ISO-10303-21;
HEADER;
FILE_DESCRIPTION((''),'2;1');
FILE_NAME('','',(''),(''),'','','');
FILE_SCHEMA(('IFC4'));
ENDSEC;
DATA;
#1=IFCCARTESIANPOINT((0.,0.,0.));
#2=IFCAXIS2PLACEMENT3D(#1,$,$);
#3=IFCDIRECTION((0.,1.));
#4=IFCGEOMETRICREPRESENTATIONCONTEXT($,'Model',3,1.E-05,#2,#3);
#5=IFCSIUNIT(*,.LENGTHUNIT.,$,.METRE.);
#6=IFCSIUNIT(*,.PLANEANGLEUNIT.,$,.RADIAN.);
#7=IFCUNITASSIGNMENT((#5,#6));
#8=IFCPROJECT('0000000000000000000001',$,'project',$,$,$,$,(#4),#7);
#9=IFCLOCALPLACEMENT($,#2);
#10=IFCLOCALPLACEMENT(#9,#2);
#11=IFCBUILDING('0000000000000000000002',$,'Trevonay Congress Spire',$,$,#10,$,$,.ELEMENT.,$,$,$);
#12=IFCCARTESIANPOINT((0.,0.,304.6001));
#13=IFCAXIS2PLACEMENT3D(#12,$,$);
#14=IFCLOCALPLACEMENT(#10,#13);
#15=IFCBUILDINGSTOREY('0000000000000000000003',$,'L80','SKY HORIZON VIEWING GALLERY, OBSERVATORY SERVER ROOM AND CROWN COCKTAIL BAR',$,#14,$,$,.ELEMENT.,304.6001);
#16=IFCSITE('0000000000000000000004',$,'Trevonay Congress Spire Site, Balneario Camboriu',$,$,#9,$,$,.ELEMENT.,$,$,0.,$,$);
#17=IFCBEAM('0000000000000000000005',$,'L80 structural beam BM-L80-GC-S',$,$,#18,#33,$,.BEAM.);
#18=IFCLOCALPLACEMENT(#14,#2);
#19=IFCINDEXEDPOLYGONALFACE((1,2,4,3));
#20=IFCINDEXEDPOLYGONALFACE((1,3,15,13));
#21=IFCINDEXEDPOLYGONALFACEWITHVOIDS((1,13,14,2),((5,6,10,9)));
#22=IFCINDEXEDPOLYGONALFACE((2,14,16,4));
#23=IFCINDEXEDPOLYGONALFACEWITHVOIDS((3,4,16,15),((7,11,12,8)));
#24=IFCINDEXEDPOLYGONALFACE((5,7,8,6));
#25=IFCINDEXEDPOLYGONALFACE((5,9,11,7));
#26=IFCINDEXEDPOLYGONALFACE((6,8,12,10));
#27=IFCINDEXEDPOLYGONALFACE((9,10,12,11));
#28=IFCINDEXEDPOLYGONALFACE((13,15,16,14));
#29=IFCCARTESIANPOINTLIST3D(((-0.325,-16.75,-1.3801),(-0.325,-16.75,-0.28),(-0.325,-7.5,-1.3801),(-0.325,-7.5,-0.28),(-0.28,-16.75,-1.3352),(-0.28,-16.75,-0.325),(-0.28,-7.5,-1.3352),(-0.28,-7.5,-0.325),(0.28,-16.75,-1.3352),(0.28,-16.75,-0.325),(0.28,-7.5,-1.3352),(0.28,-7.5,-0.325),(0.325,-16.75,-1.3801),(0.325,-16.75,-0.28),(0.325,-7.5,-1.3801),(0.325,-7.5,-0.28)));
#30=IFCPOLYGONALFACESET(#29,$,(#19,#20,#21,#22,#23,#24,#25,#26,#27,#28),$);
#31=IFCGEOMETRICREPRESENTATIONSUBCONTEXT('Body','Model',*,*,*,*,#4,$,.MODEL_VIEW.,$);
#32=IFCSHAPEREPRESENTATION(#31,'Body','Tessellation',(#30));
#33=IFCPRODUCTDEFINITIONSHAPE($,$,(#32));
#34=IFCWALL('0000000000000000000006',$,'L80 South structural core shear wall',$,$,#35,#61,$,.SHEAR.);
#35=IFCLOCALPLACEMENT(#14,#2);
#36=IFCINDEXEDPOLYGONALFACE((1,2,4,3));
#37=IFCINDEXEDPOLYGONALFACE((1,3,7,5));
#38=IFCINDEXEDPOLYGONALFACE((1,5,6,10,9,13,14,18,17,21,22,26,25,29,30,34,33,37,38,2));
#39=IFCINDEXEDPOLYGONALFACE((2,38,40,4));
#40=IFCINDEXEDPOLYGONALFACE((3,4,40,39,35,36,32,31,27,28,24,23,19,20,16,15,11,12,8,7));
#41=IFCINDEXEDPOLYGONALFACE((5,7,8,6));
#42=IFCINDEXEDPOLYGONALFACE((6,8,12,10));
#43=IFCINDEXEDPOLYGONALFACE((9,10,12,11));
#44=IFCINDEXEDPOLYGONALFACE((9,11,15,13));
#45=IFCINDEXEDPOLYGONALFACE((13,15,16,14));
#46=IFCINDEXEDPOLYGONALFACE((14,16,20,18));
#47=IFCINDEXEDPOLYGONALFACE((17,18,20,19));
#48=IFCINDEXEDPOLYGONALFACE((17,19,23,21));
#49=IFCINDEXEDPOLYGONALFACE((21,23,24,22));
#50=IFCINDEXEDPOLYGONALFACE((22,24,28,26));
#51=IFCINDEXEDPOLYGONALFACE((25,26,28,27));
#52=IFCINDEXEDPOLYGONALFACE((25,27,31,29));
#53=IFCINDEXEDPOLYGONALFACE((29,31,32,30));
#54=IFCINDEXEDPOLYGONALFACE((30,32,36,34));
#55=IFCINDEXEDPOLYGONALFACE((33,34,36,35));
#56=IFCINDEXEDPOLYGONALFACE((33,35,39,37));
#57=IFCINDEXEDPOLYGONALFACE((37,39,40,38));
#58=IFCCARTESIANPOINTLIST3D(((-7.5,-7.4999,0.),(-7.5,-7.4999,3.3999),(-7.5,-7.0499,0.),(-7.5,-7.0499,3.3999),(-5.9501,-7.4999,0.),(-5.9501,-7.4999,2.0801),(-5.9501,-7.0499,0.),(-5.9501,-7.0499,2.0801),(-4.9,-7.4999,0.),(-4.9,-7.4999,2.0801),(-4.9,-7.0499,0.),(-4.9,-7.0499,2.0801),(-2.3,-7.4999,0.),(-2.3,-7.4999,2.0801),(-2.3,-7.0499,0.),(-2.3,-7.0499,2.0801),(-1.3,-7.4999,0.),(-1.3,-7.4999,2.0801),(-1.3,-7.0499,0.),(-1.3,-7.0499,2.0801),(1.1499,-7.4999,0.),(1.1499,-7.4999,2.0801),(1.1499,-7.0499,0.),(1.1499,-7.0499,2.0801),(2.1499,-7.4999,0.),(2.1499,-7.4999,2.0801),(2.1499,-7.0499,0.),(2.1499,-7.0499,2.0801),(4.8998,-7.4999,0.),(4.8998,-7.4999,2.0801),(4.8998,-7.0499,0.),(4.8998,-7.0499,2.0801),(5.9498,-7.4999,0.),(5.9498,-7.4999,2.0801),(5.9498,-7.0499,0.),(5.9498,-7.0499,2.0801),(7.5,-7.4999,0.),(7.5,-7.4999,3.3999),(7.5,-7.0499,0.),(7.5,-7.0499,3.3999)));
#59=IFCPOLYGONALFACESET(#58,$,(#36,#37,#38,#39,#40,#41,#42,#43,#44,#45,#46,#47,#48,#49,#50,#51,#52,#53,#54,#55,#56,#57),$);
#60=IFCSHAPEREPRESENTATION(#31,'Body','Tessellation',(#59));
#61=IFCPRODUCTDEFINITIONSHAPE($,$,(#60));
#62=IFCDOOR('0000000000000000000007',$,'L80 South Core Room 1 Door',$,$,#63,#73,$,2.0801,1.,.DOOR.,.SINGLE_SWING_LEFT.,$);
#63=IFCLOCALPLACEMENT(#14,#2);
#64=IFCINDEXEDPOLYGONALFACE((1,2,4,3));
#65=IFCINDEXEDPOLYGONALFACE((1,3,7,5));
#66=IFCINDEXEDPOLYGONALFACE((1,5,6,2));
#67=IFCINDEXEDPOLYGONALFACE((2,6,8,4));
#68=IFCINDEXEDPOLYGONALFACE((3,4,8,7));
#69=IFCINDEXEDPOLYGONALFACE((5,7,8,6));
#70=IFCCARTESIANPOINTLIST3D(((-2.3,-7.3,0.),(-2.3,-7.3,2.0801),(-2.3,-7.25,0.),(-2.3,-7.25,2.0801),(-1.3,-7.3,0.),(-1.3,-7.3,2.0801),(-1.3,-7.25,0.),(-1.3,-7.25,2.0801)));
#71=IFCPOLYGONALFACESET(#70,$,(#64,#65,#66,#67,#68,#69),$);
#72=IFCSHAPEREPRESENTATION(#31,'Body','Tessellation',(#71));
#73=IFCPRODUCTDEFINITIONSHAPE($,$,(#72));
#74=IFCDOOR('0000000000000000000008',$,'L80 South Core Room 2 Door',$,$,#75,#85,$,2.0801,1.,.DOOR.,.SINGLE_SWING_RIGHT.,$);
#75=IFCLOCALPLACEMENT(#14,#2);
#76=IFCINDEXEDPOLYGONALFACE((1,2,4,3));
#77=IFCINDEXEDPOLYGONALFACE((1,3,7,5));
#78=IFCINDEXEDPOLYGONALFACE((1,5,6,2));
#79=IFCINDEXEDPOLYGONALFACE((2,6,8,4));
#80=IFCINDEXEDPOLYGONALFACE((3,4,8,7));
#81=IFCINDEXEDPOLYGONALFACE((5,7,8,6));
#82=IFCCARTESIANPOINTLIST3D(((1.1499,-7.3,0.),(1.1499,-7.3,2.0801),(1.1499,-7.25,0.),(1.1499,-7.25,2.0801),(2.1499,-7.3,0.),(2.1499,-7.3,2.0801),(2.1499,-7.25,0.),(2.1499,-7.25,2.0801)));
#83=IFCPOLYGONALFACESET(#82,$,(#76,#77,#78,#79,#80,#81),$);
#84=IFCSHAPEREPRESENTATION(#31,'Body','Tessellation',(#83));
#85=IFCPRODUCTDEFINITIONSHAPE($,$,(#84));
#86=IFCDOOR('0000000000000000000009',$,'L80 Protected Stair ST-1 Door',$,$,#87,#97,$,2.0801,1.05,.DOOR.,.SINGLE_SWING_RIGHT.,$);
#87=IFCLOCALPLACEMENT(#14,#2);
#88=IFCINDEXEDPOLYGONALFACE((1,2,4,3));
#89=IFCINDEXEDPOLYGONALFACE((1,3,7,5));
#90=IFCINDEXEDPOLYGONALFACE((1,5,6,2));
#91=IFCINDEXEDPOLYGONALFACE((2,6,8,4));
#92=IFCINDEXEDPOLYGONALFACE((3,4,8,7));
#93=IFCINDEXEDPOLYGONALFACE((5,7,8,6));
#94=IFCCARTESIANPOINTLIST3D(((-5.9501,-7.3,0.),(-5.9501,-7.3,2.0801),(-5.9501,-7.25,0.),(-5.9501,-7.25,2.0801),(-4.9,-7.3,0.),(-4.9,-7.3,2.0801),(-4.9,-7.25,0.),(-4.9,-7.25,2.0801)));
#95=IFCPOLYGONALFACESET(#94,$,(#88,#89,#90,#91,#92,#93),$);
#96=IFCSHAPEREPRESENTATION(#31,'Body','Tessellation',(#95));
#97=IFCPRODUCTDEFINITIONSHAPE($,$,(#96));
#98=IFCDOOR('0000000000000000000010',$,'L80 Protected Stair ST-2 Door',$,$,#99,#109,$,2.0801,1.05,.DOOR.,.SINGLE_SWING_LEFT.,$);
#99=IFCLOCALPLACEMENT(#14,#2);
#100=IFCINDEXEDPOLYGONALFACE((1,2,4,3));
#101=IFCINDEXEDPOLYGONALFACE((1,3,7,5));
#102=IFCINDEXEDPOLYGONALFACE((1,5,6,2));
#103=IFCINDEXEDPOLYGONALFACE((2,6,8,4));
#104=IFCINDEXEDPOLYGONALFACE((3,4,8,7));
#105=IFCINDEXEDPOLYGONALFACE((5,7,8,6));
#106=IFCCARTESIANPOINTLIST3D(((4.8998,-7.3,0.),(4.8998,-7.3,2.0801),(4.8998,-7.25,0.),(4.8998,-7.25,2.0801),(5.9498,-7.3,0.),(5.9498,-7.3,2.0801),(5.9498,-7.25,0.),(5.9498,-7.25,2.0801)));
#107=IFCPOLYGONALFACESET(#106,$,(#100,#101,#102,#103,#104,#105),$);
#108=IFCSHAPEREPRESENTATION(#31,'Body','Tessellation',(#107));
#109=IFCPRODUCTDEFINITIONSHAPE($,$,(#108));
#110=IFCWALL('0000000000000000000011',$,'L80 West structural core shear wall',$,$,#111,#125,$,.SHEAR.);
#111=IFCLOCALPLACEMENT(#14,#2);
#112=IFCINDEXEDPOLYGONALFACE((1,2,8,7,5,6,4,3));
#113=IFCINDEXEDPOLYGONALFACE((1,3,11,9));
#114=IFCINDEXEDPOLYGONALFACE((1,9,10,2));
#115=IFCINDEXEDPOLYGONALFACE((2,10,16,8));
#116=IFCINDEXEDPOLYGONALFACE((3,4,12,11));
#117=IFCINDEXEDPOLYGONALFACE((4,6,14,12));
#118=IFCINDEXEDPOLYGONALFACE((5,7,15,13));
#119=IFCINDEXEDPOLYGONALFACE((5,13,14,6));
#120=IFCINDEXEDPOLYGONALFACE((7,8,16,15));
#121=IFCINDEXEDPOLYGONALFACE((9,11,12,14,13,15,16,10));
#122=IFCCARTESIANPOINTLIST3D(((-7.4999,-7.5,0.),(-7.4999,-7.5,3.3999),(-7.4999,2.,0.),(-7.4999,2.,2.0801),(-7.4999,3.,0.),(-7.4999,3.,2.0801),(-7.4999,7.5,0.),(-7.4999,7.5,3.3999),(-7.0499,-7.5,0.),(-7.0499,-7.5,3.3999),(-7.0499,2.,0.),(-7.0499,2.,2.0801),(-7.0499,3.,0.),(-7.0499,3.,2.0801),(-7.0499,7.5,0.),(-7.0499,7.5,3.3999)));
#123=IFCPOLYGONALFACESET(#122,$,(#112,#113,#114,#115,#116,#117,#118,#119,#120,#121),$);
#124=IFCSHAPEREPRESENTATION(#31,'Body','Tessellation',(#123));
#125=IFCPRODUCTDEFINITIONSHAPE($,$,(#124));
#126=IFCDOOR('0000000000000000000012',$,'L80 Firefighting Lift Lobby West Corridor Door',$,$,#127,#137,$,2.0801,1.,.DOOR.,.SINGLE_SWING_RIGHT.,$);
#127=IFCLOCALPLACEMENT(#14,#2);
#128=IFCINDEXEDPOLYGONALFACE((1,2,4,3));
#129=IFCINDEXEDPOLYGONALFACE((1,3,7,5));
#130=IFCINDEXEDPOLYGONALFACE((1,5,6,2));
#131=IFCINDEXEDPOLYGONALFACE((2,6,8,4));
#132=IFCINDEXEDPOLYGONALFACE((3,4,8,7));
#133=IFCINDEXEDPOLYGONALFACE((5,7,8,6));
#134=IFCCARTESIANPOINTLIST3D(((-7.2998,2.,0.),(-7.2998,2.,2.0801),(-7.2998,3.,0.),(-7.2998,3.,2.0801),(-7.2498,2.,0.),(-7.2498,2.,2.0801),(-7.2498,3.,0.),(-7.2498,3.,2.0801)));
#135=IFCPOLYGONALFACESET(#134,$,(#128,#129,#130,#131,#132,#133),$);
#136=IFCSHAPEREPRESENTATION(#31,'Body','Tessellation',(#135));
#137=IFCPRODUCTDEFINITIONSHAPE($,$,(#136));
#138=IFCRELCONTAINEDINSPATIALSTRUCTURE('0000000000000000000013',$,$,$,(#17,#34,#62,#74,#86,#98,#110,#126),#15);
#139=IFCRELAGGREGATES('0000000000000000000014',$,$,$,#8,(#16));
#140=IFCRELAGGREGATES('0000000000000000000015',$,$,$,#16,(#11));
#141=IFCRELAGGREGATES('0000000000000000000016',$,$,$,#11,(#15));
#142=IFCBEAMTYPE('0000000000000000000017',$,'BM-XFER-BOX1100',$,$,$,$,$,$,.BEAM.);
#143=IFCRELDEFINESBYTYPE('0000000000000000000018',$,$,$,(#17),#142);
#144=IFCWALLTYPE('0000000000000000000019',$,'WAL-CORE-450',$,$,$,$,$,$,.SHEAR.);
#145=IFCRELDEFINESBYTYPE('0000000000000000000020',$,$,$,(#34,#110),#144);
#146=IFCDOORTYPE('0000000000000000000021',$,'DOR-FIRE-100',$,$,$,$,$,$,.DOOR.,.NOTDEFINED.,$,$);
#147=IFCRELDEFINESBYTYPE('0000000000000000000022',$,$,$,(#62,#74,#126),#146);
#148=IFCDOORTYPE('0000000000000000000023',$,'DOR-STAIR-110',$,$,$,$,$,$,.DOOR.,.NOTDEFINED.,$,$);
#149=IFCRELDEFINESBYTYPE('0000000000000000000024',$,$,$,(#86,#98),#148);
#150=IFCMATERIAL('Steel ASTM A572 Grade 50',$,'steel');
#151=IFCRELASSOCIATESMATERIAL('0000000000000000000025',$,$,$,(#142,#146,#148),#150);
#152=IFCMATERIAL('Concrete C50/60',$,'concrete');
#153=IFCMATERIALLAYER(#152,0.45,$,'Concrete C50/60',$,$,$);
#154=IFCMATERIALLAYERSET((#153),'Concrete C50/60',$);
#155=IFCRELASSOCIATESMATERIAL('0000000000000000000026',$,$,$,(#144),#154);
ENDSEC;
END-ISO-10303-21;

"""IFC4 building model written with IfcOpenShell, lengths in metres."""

from ifc_helpers import new_model, si_unit, direction, frame, frame_2d, origin, origin_2d, place, context, subcontext, project, spatial, rectangle, hollow_rectangle, extrude, material, layer, layer_set, material_profile, profile_set, type_object, element, fill, save


model = new_model("IFC4")

# Units and contexts
model_context = context("Model", 3, precision=1e-05, world=origin(), true_north=direction((0.0, 1.0)))
body_context = subcontext(model_context, "Body", "Model", "MODEL_VIEW")
ifc_project = project(units=[si_unit("LENGTHUNIT", "METRE"), si_unit("PLANEANGLEUNIT", "RADIAN")], contexts=[model_context])

# Site, building, storey
site_placement = place(None, origin())
site = spatial("IfcSite", under=ifc_project, at=site_placement, Name="Trevonay Congress Spire Site, Balneario Camboriu", CompositionType="ELEMENT", RefElevation=0.0)
building_placement = place(site_placement, origin())
building = spatial("IfcBuilding", under=site, at=building_placement, Name="Trevonay Congress Spire", CompositionType="ELEMENT")
storey_placement = place(building_placement, frame((0.0, 0.0, 304.6001)))
storey = spatial("IfcBuildingStorey", under=building, at=storey_placement, Name="L80", Description="SKY HORIZON VIEWING GALLERY, OBSERVATORY SERVER ROOM AND CROWN COCKTAIL BAR", CompositionType="ELEMENT", Elevation=304.6001)

# Shared definitions
ifc_material_1 = material(Name="Steel ASTM A572 Grade 50", Category="steel")

# Beam
ifc_material_profile_1 = material_profile(ifc_material_1, hollow_rectangle(XDim=0.6499, YDim=1.1001, WallThickness=0.0449, at=origin_2d()), Name="BOX 1100x650x45")
ifc_profile_set_1 = profile_set([ifc_material_profile_1], Name="Steel ASTM A572 Grade 50")
beam_type_1 = type_object("IfcBeamType", Name="BM-XFER-BOX1100", PredefinedType="BEAM", material=ifc_profile_set_1)
beam_1_placement = place(storey_placement, frame((0.0, -7.5, -0.8301), z_axis=(0.0, -1.0, 0.0), x_axis=(1.0, 0.0, 0.0)))
element("IfcBeam", 1, at=beam_1_placement, inside=storey, type_object=beam_type_1, Name="L80 structural beam BM-L80-GC-S", PredefinedType="BEAM", context=body_context, shape_type="SweptSolid", body=[
    extrude(hollow_rectangle(XDim=0.6499, YDim=1.1001, WallThickness=0.0449, at=origin_2d()), origin(), (0.0, 0.0, 1.0), 9.25),
])

# Wall, openings, doors
ifc_material_2 = material(Name="Concrete C50/60", Category="concrete")
ifc_layer_1 = layer(ifc_material_2, 0.45, Name="Concrete C50/60")
ifc_layer_set_1 = layer_set([ifc_layer_1], Name="Concrete C50/60")
wall_type_1 = type_object("IfcWallType", Name="WAL-CORE-450", PredefinedType="SHEAR", material=ifc_layer_set_1)
wall_1_placement = place(storey_placement, frame((-7.5, -7.2749, 0.0), z_axis=(0.0, 0.0, 1.0), x_axis=(1.0, 0.0, 0.0)))
wall_1 = element("IfcWall", 2, at=wall_1_placement, inside=storey, type_object=wall_type_1, Name="L80 South structural core shear wall", PredefinedType="SHEAR", context=body_context, shape_type="SweptSolid", body=[
    extrude(rectangle(XDim=15.0, YDim=0.45, at=frame_2d((7.5, 0.0))), origin(), (0.0, 0.0, 1.0), 3.3999),
])
opening_1_placement = place(wall_1_placement, frame((1.55, 0.0, 0.0)))
opening_1 = element("IfcOpeningElement", 3, at=opening_1_placement, cuts=wall_1, PredefinedType="OPENING", context=body_context, shape_type="SweptSolid", body=[
    extrude(rectangle(XDim=1.05, YDim=2.0801, at=frame_2d((0.5249, 1.04))), frame((0.0, 0.2349, 0.0), z_axis=(0.0, -1.0, 0.0), x_axis=(1.0, 0.0, 0.0)), (0.0, 0.0, 1.0), 0.47),
])
opening_2_placement = place(wall_1_placement, frame((12.3999, 0.0, 0.0)))
opening_2 = element("IfcOpeningElement", 4, at=opening_2_placement, cuts=wall_1, PredefinedType="OPENING", context=body_context, shape_type="SweptSolid", body=[
    extrude(rectangle(XDim=1.05, YDim=2.0801, at=frame_2d((0.5249, 1.04))), frame((0.0, 0.2349, 0.0), z_axis=(0.0, -1.0, 0.0), x_axis=(1.0, 0.0, 0.0)), (0.0, 0.0, 1.0), 0.47),
])
opening_3_placement = place(wall_1_placement, frame((5.2, 0.0, 0.0)))
opening_3 = element("IfcOpeningElement", 5, at=opening_3_placement, cuts=wall_1, PredefinedType="OPENING", context=body_context, shape_type="SweptSolid", body=[
    extrude(rectangle(XDim=1.0, YDim=2.0801, at=frame_2d((0.5, 1.04))), frame((0.0, 0.2349, 0.0), z_axis=(0.0, -1.0, 0.0), x_axis=(1.0, 0.0, 0.0)), (0.0, 0.0, 1.0), 0.47),
])
opening_4_placement = place(wall_1_placement, frame((8.6499, 0.0, 0.0)))
opening_4 = element("IfcOpeningElement", 6, at=opening_4_placement, cuts=wall_1, PredefinedType="OPENING", context=body_context, shape_type="SweptSolid", body=[
    extrude(rectangle(XDim=1.0, YDim=2.0801, at=frame_2d((0.5, 1.04))), frame((0.0, 0.2349, 0.0), z_axis=(0.0, -1.0, 0.0), x_axis=(1.0, 0.0, 0.0)), (0.0, 0.0, 1.0), 0.47),
])
door_type_1 = type_object("IfcDoorType", Name="DOR-FIRE-100", OperationType="NOTDEFINED", PredefinedType="DOOR", material=ifc_material_1)
door_1_placement = place(opening_3_placement, origin())
door_1 = element("IfcDoor", 7, at=door_1_placement, inside=storey, type_object=door_type_1, Name="L80 South Core Room 1 Door", OperationType="SINGLE_SWING_LEFT", OverallHeight=2.0801, OverallWidth=1.0, PredefinedType="DOOR", context=body_context, shape_type="SweptSolid", body=[
    extrude(rectangle(XDim=1.0, YDim=2.0801, at=frame_2d((0.5, 1.04))), frame((0.0, 0.0249, 0.0), z_axis=(0.0, -1.0, 0.0), x_axis=(1.0, 0.0, 0.0)), (0.0, 0.0, 1.0), 0.05),
])
fill(opening_3, door_1)
door_2_placement = place(opening_4_placement, origin())
door_2 = element("IfcDoor", 8, at=door_2_placement, inside=storey, type_object=door_type_1, Name="L80 South Core Room 2 Door", OperationType="SINGLE_SWING_RIGHT", OverallHeight=2.0801, OverallWidth=1.0, PredefinedType="DOOR", context=body_context, shape_type="SweptSolid", body=[
    extrude(rectangle(XDim=1.0, YDim=2.0801, at=frame_2d((0.5, 1.04))), frame((0.0, 0.0249, 0.0), z_axis=(0.0, -1.0, 0.0), x_axis=(1.0, 0.0, 0.0)), (0.0, 0.0, 1.0), 0.05),
])
fill(opening_4, door_2)
door_type_2 = type_object("IfcDoorType", Name="DOR-STAIR-110", OperationType="NOTDEFINED", PredefinedType="DOOR", material=ifc_material_1)
door_3_placement = place(opening_1_placement, origin())
door_3 = element("IfcDoor", 9, at=door_3_placement, inside=storey, type_object=door_type_2, Name="L80 Protected Stair ST-1 Door", OperationType="SINGLE_SWING_RIGHT", OverallHeight=2.0801, OverallWidth=1.05, PredefinedType="DOOR", context=body_context, shape_type="SweptSolid", body=[
    extrude(rectangle(XDim=1.05, YDim=2.0801, at=frame_2d((0.5249, 1.04))), frame((0.0, 0.0249, 0.0), z_axis=(0.0, -1.0, 0.0), x_axis=(1.0, 0.0, 0.0)), (0.0, 0.0, 1.0), 0.05),
])
fill(opening_1, door_3)
door_4_placement = place(opening_2_placement, origin())
door_4 = element("IfcDoor", 10, at=door_4_placement, inside=storey, type_object=door_type_2, Name="L80 Protected Stair ST-2 Door", OperationType="SINGLE_SWING_LEFT", OverallHeight=2.0801, OverallWidth=1.05, PredefinedType="DOOR", context=body_context, shape_type="SweptSolid", body=[
    extrude(rectangle(XDim=1.05, YDim=2.0801, at=frame_2d((0.5249, 1.04))), frame((0.0, 0.0249, 0.0), z_axis=(0.0, -1.0, 0.0), x_axis=(1.0, 0.0, 0.0)), (0.0, 0.0, 1.0), 0.05),
])
fill(opening_2, door_4)

# Wall, opening, door
wall_2_placement = place(storey_placement, frame((-7.2749, -7.5, 0.0), z_axis=(0.0, 0.0, 1.0), x_axis=(0.0, 1.0, 0.0)))
wall_2 = element("IfcWall", 11, at=wall_2_placement, inside=storey, type_object=wall_type_1, Name="L80 West structural core shear wall", PredefinedType="SHEAR", context=body_context, shape_type="SweptSolid", body=[
    extrude(rectangle(XDim=15.0, YDim=0.45, at=frame_2d((7.5, 0.0))), origin(), (0.0, 0.0, 1.0), 3.3999),
])
opening_5_placement = place(wall_2_placement, frame((9.5, 0.0, 0.0)))
opening_5 = element("IfcOpeningElement", 12, at=opening_5_placement, cuts=wall_2, PredefinedType="OPENING", context=body_context, shape_type="SweptSolid", body=[
    extrude(rectangle(XDim=1.0, YDim=2.0801, at=frame_2d((0.5, 1.04))), frame((0.0, 0.2349, 0.0), z_axis=(0.0, -1.0, 0.0), x_axis=(1.0, 0.0, 0.0)), (0.0, 0.0, 1.0), 0.47),
])
door_5_placement = place(opening_5_placement, origin())
door_5 = element("IfcDoor", 13, at=door_5_placement, inside=storey, type_object=door_type_1, Name="L80 Firefighting Lift Lobby West Corridor Door", OperationType="SINGLE_SWING_RIGHT", OverallHeight=2.0801, OverallWidth=1.0, PredefinedType="DOOR", context=body_context, shape_type="SweptSolid", body=[
    extrude(rectangle(XDim=1.0, YDim=2.0801, at=frame_2d((0.5, 1.04))), frame((0.0, 0.0249, 0.0), z_axis=(0.0, -1.0, 0.0), x_axis=(1.0, 0.0, 0.0)), (0.0, 0.0, 1.0), 0.05),
])
fill(opening_5, door_5)

save(model, "model.ifc")
